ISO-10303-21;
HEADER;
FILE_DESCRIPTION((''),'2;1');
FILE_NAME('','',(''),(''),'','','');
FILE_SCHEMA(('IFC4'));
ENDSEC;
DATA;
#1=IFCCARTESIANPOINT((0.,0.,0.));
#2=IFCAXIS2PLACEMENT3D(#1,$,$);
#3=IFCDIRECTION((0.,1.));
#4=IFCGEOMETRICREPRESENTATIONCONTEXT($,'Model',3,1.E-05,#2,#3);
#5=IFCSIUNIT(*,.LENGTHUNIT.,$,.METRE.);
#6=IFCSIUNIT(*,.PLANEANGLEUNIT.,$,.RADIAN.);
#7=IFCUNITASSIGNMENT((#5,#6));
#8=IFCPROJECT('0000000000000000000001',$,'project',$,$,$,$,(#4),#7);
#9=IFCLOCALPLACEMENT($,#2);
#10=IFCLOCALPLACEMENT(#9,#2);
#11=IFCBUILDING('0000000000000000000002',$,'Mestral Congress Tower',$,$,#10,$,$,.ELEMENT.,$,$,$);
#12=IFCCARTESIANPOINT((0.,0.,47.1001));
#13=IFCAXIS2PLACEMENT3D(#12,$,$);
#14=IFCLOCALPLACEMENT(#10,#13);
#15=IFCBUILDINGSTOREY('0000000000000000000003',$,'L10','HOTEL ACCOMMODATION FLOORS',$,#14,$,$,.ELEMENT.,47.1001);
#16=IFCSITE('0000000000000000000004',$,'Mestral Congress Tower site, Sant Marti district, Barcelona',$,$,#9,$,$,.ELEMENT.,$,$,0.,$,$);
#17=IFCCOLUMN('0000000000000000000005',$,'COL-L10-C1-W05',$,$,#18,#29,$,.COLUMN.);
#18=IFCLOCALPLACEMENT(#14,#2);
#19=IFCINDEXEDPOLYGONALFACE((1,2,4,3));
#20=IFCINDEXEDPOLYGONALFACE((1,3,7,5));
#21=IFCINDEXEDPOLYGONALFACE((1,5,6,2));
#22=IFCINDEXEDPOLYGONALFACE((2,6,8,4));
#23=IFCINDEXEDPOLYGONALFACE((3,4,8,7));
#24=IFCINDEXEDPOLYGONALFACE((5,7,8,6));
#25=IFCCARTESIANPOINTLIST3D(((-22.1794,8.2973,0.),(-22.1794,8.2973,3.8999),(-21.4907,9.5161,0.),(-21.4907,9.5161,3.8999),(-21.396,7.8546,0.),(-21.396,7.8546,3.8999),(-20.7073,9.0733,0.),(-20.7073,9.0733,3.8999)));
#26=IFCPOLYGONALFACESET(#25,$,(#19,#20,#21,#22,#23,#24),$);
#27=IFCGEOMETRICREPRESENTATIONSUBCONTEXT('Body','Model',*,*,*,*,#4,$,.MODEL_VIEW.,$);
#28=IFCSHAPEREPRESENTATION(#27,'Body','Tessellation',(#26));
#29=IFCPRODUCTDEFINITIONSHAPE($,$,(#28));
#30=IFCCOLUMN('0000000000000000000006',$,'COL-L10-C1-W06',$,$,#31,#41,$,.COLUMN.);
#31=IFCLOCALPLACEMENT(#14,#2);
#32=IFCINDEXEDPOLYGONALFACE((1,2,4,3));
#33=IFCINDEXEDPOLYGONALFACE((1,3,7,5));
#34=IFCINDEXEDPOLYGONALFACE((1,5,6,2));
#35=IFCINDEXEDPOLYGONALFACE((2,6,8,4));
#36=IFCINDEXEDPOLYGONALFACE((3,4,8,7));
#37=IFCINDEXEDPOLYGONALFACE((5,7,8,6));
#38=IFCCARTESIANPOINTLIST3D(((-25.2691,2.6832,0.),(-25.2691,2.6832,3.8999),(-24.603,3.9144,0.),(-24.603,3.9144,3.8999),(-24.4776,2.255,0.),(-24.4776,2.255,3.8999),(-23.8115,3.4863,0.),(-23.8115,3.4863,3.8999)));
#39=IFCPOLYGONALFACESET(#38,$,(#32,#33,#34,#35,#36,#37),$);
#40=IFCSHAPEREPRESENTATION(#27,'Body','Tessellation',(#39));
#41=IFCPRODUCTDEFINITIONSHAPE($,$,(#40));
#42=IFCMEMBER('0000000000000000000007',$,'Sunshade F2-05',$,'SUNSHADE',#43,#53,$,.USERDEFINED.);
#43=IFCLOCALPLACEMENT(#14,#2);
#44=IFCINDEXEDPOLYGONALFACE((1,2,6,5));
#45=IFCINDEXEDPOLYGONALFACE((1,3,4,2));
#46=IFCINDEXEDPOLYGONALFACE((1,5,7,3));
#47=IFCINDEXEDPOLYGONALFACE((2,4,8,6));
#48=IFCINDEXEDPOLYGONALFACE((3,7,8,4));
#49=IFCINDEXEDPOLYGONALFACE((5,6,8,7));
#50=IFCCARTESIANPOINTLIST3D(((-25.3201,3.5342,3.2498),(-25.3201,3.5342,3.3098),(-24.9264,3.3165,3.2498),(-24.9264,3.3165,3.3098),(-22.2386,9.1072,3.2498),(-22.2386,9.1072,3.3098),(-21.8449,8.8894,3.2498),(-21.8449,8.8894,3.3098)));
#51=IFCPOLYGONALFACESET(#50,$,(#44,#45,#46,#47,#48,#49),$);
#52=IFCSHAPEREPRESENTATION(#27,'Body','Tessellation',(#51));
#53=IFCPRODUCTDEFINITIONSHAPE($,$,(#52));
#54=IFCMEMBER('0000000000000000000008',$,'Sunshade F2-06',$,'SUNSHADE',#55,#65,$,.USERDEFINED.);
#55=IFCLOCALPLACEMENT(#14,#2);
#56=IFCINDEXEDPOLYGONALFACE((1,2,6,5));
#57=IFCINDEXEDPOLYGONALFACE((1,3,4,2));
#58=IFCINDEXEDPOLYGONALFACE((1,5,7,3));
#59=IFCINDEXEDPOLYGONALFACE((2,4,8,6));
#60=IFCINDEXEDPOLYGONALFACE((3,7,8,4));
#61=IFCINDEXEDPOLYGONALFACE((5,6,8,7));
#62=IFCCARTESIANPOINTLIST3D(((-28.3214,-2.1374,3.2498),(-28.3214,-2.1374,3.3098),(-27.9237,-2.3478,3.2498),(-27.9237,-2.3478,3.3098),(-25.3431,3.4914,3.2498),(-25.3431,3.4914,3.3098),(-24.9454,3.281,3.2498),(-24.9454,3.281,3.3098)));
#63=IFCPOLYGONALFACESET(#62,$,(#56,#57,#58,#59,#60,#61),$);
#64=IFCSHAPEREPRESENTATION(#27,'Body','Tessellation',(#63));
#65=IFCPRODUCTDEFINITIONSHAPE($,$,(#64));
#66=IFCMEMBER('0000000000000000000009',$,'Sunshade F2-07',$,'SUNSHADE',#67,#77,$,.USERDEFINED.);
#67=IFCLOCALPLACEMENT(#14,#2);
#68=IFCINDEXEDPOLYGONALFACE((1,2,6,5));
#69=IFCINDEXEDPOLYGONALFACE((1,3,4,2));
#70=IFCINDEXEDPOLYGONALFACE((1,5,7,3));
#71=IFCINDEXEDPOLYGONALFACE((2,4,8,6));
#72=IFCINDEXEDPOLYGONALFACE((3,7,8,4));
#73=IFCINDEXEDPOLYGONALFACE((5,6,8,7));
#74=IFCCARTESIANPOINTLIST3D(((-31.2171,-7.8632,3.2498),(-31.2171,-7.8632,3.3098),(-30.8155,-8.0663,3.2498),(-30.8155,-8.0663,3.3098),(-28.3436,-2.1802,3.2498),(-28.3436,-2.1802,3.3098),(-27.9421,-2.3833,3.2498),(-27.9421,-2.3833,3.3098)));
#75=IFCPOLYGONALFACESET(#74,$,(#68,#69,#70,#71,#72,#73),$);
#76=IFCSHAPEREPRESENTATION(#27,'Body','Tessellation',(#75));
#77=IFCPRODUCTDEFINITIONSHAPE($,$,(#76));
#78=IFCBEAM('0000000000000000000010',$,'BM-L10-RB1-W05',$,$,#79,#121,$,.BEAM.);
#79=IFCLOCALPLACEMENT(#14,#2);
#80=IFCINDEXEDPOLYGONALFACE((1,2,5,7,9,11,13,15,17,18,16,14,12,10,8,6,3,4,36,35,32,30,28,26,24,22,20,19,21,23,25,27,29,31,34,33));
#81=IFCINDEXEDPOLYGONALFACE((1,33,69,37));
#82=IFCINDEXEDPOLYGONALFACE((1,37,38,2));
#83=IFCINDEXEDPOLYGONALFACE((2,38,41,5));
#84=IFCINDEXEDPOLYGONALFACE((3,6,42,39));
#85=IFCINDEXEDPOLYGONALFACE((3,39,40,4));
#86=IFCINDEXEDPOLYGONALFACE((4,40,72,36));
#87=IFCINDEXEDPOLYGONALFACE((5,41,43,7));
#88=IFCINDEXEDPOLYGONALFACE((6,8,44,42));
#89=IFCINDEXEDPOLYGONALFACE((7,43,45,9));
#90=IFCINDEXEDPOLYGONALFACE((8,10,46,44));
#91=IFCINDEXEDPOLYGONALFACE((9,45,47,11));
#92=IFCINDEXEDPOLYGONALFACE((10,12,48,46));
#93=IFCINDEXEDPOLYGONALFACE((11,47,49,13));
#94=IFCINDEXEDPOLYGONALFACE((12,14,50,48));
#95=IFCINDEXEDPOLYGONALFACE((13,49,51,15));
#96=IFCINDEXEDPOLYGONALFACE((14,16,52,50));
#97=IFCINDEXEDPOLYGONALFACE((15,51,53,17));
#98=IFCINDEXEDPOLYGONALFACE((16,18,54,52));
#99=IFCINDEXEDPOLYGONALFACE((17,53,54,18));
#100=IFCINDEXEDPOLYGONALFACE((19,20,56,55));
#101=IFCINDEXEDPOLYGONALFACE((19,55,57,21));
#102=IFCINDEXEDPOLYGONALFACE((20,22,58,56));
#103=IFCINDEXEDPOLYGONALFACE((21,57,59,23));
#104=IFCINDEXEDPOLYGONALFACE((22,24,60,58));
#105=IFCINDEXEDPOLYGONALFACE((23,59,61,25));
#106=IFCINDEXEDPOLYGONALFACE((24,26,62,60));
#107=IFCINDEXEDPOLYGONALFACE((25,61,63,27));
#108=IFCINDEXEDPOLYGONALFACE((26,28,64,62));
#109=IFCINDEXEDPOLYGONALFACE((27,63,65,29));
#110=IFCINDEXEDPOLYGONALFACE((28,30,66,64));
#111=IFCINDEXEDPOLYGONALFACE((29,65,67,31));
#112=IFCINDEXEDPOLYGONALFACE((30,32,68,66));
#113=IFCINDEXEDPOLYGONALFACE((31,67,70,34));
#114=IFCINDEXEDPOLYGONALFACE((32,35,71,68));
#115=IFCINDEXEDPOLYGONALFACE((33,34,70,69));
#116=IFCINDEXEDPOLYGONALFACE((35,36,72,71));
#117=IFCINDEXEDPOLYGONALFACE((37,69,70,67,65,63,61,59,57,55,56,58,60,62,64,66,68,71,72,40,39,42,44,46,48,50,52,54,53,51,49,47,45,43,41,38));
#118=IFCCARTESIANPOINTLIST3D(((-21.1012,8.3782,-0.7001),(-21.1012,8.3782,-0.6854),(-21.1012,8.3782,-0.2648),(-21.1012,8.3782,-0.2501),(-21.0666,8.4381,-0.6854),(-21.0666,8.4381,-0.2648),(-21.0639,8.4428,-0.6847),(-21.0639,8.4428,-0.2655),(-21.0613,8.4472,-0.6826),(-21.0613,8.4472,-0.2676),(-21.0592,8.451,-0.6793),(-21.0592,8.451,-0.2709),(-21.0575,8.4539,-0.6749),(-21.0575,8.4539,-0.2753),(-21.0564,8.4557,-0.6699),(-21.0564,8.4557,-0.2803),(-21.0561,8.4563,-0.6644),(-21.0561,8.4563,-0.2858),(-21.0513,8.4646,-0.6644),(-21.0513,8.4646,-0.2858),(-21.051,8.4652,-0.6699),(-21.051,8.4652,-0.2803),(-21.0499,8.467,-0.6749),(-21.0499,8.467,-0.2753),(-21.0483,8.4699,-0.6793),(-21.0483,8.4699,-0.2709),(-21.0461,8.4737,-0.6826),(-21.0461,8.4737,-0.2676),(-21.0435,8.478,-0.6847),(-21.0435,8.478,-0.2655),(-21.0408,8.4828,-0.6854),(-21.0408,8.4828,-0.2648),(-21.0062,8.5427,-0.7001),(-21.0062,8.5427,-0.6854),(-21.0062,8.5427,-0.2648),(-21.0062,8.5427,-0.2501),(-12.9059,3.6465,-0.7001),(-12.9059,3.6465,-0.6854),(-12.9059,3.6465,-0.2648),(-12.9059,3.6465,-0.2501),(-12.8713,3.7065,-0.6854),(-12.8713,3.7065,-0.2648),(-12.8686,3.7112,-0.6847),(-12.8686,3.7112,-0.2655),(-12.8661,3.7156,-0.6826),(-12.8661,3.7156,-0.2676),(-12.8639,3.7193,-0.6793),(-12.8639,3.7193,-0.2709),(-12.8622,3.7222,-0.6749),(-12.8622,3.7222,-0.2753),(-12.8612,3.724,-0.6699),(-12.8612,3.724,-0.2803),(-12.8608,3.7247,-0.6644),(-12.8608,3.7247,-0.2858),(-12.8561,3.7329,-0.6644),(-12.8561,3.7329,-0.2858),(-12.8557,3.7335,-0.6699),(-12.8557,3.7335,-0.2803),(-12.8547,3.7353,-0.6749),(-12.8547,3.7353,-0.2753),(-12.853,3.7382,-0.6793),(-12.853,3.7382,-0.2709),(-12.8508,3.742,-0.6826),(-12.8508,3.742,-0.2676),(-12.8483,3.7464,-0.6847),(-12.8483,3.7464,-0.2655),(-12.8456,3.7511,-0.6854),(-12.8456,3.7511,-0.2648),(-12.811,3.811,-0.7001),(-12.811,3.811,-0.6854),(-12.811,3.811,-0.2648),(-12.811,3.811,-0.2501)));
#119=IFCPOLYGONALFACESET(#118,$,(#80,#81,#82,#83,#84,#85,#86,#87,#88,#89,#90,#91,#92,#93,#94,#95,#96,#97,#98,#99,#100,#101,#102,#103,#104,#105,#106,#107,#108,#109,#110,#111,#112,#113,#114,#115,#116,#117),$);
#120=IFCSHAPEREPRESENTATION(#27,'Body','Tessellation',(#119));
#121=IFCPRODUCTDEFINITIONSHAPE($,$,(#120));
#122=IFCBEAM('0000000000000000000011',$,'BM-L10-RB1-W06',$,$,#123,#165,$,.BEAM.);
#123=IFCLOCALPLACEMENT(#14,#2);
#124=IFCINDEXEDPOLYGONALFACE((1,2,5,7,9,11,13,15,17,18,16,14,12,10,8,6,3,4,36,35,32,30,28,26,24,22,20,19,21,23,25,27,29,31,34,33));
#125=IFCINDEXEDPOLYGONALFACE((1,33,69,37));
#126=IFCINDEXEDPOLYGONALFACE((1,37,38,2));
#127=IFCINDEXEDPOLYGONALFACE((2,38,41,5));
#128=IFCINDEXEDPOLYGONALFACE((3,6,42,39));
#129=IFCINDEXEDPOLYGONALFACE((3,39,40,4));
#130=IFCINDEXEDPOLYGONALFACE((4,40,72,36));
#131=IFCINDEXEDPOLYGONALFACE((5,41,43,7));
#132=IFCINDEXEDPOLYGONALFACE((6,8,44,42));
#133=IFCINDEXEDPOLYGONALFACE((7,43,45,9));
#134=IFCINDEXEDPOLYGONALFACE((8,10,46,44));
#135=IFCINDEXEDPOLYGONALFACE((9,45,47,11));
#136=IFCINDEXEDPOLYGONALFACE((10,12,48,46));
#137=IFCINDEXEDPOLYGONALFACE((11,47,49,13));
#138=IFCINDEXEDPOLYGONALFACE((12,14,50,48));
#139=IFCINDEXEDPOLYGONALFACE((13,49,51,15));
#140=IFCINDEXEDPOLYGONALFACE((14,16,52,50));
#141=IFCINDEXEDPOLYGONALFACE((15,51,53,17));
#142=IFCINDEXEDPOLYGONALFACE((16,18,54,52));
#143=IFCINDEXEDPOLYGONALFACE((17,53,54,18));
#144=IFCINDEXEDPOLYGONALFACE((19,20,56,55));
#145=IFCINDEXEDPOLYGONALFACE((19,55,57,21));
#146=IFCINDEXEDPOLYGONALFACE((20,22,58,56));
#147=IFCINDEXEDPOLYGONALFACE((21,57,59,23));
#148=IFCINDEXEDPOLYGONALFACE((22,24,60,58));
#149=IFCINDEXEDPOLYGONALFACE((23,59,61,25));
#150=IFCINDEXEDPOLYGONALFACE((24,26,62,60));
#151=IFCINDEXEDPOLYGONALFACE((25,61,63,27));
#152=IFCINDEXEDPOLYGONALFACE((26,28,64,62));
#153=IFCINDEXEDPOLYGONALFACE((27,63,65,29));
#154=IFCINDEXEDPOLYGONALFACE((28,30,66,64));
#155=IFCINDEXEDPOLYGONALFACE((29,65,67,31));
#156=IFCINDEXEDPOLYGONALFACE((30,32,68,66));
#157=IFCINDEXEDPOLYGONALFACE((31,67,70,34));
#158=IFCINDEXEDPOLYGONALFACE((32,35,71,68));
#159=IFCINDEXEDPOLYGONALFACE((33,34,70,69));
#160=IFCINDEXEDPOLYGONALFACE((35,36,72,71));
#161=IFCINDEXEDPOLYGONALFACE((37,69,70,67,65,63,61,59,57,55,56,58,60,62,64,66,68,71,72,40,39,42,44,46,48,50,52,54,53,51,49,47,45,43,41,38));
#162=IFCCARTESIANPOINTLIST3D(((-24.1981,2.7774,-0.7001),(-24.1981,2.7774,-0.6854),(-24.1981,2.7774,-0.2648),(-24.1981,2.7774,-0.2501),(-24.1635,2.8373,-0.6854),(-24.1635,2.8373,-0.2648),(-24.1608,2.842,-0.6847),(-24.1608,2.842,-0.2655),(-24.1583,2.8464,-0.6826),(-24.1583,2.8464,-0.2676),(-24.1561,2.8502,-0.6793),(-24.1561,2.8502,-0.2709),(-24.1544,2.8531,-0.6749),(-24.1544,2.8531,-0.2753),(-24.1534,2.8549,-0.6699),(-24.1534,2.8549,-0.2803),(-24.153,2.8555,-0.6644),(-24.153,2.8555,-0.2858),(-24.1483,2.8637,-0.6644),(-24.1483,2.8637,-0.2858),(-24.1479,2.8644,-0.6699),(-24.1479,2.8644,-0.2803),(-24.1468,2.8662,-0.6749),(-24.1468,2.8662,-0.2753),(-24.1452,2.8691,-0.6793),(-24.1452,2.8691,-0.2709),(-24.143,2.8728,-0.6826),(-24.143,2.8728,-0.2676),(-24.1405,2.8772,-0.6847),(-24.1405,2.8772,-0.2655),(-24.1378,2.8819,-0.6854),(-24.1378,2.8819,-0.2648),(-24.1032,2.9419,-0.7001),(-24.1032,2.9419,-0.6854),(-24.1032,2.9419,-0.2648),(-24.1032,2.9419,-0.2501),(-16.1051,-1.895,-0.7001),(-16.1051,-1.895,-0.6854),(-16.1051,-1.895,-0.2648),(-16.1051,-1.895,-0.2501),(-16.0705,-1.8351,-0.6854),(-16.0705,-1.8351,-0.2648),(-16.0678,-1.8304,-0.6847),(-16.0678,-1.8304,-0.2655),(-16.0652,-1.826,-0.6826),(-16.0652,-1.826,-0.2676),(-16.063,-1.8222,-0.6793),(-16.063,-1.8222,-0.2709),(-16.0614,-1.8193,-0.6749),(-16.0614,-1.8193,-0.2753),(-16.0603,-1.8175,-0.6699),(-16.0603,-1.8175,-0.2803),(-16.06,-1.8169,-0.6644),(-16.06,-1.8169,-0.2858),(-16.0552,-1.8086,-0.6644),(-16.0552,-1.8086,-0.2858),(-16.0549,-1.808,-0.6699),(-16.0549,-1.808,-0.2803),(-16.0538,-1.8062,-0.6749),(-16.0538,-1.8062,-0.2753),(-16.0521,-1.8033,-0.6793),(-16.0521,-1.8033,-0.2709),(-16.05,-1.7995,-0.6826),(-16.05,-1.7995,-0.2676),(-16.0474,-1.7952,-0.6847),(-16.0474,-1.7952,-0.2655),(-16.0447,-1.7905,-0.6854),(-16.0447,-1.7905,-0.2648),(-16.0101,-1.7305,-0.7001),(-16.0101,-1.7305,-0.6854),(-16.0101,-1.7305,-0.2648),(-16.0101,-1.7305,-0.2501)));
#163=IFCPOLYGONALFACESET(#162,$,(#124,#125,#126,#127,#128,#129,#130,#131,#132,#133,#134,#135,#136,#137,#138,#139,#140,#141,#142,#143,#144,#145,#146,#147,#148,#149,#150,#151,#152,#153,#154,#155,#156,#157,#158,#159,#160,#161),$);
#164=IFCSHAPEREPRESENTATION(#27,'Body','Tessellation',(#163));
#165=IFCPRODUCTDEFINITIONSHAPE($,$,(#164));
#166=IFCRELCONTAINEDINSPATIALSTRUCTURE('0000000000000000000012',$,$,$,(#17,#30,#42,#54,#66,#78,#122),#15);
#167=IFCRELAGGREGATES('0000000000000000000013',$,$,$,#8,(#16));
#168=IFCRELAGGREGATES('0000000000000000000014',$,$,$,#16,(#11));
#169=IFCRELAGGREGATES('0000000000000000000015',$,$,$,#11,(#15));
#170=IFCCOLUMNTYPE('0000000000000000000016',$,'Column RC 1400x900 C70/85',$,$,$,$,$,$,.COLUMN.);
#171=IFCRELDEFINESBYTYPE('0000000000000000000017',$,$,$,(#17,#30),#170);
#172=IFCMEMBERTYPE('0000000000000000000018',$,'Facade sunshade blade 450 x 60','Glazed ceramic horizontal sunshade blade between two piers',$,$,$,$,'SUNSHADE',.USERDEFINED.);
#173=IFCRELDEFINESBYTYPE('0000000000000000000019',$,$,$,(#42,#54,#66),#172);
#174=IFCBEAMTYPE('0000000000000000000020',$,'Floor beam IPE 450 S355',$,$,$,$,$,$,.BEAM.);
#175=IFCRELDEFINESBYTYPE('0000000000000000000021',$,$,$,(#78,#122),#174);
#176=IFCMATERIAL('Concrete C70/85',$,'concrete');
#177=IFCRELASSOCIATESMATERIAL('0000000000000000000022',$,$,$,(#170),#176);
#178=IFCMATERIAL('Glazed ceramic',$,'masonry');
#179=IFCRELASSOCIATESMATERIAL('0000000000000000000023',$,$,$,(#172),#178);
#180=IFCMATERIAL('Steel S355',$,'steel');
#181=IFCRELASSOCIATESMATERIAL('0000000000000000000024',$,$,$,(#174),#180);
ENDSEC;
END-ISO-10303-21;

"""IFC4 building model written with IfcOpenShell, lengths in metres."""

from ifc_helpers import new_model, si_unit, direction, frame, origin, origin_2d, place, context, subcontext, project, spatial, rectangle, i_section, extrude, material, material_profile, profile_set, type_object, element, save


model = new_model("IFC4")

# Units and contexts
model_context = context("Model", 3, precision=1e-05, world=origin(), true_north=direction((0.0, 1.0)))
body_context = subcontext(model_context, "Body", "Model", "MODEL_VIEW")
ifc_project = project(units=[si_unit("LENGTHUNIT", "METRE"), si_unit("PLANEANGLEUNIT", "RADIAN")], contexts=[model_context])

# Site, building, storey
site_placement = place(None, origin())
site = spatial("IfcSite", under=ifc_project, at=site_placement, Name="Mestral Congress Tower site, Sant Marti district, Barcelona", CompositionType="ELEMENT", RefElevation=0.0)
building_placement = place(site_placement, origin())
building = spatial("IfcBuilding", under=site, at=building_placement, Name="Mestral Congress Tower", CompositionType="ELEMENT")
storey_placement = place(building_placement, frame((0.0, 0.0, 47.1001)))
storey = spatial("IfcBuildingStorey", under=building, at=storey_placement, Name="L10", Description="HOTEL ACCOMMODATION FLOORS", CompositionType="ELEMENT", Elevation=47.1001)

# Columns
ifc_material_1 = material(Name="Concrete C70/85", Category="concrete")
ifc_material_profile_1 = material_profile(ifc_material_1, rectangle(XDim=1.3999, YDim=0.8999, at=origin_2d()), Name="RC 1400x900")
ifc_profile_set_1 = profile_set([ifc_material_profile_1], Name="Concrete C70/85")
column_type = type_object("IfcColumnType", Name="Column RC 1400x900 C70/85", PredefinedType="COLUMN", material=ifc_profile_set_1)
for number, where, z_axis, x_axis, name in (
    (1, (-21.4434, 8.6853, 0.0), (0.0, 0.0, 1.0), (-0.491974, -0.87061, 0.0), "COL-L10-C1-W05"),
    (2, (-24.5403, 3.0847, 0.0), (0.0, 0.0, 1.0), (-0.475796, -0.879556, 0.0), "COL-L10-C1-W06"),
):
    element("IfcColumn", number, at=place(storey_placement, frame(where, z_axis=z_axis, x_axis=x_axis)), inside=storey, type_object=column_type, Name=name, PredefinedType="COLUMN", context=body_context, shape_type="SweptSolid", body=[
        extrude(rectangle(XDim=1.3999, YDim=0.8999, at=origin_2d()), origin(), (0.0, 0.0, 1.0), 3.8999),
    ])

# Members
ifc_material_2 = material(Name="Glazed ceramic", Category="masonry")
ifc_material_profile_2 = material_profile(ifc_material_2, rectangle(XDim=0.45, YDim=0.0601, at=origin_2d()), Name="Ceramic blade 450 x 60")
ifc_profile_set_2 = profile_set([ifc_material_profile_2], Name="Glazed ceramic")
member_type = type_object("IfcMemberType", Name="Facade sunshade blade 450 x 60", Description="Glazed ceramic horizontal sunshade blade between two piers", ElementType="SUNSHADE", PredefinedType="USERDEFINED", material=ifc_profile_set_2)
for number, where, z_axis, x_axis, name in (
    (3, (-22.0417, 8.9983, 3.2798), (-0.483894, -0.875127, 0.0), (0.875127, -0.483894, 0.0), "Sunshade F2-05"),
    (4, (-25.1443, 3.3862, 3.2798), (-0.467675, -0.883901, 0.0), (0.883901, -0.467675, 0.0), "Sunshade F2-06"),
    (5, (-28.1428, -2.2817, 3.2798), (-0.451227, -0.892409, 0.0), (0.892409, -0.451227, 0.0), "Sunshade F2-07"),
):
    element("IfcMember", number, at=place(storey_placement, frame(where, z_axis=z_axis, x_axis=x_axis)), inside=storey, type_object=member_type, Name=name, ObjectType="SUNSHADE", PredefinedType="USERDEFINED", context=body_context, shape_type="SweptSolid", body=[
        extrude(rectangle(XDim=0.45, YDim=0.0601, at=origin_2d()), origin(), (0.0, 0.0, 1.0), 6.3682),
    ])

# Beams
ifc_material_3 = material(Name="Steel S355", Category="steel")
ifc_material_profile_3 = material_profile(ifc_material_3, i_section(OverallWidth=0.1899, OverallDepth=0.45, WebThickness=0.0095, FlangeThickness=0.0146, FilletRadius=0.021, at=origin_2d()), Name="IPE 450")
ifc_profile_set_3 = profile_set([ifc_material_profile_3], Name="Steel S355")
beam_type_1 = type_object("IfcBeamType", Name="Floor beam IPE 450 S355", PredefinedType="BEAM", material=ifc_profile_set_3)
beam_1_placement = place(storey_placement, frame((-21.0537, 8.4604, -0.4751), z_axis=(0.86602, -0.50001, 0.0), x_axis=(0.50001, 0.86602, 0.0)))
element("IfcBeam", 6, at=beam_1_placement, inside=storey, type_object=beam_type_1, Name="BM-L10-RB1-W05", PredefinedType="BEAM", context=body_context, shape_type="SweptSolid", body=[
    extrude(i_section(OverallWidth=0.1899, OverallDepth=0.45, WebThickness=0.0095, FlangeThickness=0.0146, FilletRadius=0.021, at=origin_2d()), origin(), (0.0, 0.0, 1.0), 9.4631),
])
beam_2_placement = place(storey_placement, frame((-24.1506, 2.8596, -0.4751), z_axis=(0.866032, -0.499989, 0.0), x_axis=(0.499989, 0.866032, 0.0)))
element("IfcBeam", 7, at=beam_2_placement, inside=storey, type_object=beam_type_1, Name="BM-L10-RB1-W06", PredefinedType="BEAM", context=body_context, shape_type="SweptSolid", body=[
    extrude(i_section(OverallWidth=0.1899, OverallDepth=0.45, WebThickness=0.0095, FlangeThickness=0.0146, FilletRadius=0.021, at=origin_2d()), origin(), (0.0, 0.0, 1.0), 9.345),
])

save(model, "model.ifc")
